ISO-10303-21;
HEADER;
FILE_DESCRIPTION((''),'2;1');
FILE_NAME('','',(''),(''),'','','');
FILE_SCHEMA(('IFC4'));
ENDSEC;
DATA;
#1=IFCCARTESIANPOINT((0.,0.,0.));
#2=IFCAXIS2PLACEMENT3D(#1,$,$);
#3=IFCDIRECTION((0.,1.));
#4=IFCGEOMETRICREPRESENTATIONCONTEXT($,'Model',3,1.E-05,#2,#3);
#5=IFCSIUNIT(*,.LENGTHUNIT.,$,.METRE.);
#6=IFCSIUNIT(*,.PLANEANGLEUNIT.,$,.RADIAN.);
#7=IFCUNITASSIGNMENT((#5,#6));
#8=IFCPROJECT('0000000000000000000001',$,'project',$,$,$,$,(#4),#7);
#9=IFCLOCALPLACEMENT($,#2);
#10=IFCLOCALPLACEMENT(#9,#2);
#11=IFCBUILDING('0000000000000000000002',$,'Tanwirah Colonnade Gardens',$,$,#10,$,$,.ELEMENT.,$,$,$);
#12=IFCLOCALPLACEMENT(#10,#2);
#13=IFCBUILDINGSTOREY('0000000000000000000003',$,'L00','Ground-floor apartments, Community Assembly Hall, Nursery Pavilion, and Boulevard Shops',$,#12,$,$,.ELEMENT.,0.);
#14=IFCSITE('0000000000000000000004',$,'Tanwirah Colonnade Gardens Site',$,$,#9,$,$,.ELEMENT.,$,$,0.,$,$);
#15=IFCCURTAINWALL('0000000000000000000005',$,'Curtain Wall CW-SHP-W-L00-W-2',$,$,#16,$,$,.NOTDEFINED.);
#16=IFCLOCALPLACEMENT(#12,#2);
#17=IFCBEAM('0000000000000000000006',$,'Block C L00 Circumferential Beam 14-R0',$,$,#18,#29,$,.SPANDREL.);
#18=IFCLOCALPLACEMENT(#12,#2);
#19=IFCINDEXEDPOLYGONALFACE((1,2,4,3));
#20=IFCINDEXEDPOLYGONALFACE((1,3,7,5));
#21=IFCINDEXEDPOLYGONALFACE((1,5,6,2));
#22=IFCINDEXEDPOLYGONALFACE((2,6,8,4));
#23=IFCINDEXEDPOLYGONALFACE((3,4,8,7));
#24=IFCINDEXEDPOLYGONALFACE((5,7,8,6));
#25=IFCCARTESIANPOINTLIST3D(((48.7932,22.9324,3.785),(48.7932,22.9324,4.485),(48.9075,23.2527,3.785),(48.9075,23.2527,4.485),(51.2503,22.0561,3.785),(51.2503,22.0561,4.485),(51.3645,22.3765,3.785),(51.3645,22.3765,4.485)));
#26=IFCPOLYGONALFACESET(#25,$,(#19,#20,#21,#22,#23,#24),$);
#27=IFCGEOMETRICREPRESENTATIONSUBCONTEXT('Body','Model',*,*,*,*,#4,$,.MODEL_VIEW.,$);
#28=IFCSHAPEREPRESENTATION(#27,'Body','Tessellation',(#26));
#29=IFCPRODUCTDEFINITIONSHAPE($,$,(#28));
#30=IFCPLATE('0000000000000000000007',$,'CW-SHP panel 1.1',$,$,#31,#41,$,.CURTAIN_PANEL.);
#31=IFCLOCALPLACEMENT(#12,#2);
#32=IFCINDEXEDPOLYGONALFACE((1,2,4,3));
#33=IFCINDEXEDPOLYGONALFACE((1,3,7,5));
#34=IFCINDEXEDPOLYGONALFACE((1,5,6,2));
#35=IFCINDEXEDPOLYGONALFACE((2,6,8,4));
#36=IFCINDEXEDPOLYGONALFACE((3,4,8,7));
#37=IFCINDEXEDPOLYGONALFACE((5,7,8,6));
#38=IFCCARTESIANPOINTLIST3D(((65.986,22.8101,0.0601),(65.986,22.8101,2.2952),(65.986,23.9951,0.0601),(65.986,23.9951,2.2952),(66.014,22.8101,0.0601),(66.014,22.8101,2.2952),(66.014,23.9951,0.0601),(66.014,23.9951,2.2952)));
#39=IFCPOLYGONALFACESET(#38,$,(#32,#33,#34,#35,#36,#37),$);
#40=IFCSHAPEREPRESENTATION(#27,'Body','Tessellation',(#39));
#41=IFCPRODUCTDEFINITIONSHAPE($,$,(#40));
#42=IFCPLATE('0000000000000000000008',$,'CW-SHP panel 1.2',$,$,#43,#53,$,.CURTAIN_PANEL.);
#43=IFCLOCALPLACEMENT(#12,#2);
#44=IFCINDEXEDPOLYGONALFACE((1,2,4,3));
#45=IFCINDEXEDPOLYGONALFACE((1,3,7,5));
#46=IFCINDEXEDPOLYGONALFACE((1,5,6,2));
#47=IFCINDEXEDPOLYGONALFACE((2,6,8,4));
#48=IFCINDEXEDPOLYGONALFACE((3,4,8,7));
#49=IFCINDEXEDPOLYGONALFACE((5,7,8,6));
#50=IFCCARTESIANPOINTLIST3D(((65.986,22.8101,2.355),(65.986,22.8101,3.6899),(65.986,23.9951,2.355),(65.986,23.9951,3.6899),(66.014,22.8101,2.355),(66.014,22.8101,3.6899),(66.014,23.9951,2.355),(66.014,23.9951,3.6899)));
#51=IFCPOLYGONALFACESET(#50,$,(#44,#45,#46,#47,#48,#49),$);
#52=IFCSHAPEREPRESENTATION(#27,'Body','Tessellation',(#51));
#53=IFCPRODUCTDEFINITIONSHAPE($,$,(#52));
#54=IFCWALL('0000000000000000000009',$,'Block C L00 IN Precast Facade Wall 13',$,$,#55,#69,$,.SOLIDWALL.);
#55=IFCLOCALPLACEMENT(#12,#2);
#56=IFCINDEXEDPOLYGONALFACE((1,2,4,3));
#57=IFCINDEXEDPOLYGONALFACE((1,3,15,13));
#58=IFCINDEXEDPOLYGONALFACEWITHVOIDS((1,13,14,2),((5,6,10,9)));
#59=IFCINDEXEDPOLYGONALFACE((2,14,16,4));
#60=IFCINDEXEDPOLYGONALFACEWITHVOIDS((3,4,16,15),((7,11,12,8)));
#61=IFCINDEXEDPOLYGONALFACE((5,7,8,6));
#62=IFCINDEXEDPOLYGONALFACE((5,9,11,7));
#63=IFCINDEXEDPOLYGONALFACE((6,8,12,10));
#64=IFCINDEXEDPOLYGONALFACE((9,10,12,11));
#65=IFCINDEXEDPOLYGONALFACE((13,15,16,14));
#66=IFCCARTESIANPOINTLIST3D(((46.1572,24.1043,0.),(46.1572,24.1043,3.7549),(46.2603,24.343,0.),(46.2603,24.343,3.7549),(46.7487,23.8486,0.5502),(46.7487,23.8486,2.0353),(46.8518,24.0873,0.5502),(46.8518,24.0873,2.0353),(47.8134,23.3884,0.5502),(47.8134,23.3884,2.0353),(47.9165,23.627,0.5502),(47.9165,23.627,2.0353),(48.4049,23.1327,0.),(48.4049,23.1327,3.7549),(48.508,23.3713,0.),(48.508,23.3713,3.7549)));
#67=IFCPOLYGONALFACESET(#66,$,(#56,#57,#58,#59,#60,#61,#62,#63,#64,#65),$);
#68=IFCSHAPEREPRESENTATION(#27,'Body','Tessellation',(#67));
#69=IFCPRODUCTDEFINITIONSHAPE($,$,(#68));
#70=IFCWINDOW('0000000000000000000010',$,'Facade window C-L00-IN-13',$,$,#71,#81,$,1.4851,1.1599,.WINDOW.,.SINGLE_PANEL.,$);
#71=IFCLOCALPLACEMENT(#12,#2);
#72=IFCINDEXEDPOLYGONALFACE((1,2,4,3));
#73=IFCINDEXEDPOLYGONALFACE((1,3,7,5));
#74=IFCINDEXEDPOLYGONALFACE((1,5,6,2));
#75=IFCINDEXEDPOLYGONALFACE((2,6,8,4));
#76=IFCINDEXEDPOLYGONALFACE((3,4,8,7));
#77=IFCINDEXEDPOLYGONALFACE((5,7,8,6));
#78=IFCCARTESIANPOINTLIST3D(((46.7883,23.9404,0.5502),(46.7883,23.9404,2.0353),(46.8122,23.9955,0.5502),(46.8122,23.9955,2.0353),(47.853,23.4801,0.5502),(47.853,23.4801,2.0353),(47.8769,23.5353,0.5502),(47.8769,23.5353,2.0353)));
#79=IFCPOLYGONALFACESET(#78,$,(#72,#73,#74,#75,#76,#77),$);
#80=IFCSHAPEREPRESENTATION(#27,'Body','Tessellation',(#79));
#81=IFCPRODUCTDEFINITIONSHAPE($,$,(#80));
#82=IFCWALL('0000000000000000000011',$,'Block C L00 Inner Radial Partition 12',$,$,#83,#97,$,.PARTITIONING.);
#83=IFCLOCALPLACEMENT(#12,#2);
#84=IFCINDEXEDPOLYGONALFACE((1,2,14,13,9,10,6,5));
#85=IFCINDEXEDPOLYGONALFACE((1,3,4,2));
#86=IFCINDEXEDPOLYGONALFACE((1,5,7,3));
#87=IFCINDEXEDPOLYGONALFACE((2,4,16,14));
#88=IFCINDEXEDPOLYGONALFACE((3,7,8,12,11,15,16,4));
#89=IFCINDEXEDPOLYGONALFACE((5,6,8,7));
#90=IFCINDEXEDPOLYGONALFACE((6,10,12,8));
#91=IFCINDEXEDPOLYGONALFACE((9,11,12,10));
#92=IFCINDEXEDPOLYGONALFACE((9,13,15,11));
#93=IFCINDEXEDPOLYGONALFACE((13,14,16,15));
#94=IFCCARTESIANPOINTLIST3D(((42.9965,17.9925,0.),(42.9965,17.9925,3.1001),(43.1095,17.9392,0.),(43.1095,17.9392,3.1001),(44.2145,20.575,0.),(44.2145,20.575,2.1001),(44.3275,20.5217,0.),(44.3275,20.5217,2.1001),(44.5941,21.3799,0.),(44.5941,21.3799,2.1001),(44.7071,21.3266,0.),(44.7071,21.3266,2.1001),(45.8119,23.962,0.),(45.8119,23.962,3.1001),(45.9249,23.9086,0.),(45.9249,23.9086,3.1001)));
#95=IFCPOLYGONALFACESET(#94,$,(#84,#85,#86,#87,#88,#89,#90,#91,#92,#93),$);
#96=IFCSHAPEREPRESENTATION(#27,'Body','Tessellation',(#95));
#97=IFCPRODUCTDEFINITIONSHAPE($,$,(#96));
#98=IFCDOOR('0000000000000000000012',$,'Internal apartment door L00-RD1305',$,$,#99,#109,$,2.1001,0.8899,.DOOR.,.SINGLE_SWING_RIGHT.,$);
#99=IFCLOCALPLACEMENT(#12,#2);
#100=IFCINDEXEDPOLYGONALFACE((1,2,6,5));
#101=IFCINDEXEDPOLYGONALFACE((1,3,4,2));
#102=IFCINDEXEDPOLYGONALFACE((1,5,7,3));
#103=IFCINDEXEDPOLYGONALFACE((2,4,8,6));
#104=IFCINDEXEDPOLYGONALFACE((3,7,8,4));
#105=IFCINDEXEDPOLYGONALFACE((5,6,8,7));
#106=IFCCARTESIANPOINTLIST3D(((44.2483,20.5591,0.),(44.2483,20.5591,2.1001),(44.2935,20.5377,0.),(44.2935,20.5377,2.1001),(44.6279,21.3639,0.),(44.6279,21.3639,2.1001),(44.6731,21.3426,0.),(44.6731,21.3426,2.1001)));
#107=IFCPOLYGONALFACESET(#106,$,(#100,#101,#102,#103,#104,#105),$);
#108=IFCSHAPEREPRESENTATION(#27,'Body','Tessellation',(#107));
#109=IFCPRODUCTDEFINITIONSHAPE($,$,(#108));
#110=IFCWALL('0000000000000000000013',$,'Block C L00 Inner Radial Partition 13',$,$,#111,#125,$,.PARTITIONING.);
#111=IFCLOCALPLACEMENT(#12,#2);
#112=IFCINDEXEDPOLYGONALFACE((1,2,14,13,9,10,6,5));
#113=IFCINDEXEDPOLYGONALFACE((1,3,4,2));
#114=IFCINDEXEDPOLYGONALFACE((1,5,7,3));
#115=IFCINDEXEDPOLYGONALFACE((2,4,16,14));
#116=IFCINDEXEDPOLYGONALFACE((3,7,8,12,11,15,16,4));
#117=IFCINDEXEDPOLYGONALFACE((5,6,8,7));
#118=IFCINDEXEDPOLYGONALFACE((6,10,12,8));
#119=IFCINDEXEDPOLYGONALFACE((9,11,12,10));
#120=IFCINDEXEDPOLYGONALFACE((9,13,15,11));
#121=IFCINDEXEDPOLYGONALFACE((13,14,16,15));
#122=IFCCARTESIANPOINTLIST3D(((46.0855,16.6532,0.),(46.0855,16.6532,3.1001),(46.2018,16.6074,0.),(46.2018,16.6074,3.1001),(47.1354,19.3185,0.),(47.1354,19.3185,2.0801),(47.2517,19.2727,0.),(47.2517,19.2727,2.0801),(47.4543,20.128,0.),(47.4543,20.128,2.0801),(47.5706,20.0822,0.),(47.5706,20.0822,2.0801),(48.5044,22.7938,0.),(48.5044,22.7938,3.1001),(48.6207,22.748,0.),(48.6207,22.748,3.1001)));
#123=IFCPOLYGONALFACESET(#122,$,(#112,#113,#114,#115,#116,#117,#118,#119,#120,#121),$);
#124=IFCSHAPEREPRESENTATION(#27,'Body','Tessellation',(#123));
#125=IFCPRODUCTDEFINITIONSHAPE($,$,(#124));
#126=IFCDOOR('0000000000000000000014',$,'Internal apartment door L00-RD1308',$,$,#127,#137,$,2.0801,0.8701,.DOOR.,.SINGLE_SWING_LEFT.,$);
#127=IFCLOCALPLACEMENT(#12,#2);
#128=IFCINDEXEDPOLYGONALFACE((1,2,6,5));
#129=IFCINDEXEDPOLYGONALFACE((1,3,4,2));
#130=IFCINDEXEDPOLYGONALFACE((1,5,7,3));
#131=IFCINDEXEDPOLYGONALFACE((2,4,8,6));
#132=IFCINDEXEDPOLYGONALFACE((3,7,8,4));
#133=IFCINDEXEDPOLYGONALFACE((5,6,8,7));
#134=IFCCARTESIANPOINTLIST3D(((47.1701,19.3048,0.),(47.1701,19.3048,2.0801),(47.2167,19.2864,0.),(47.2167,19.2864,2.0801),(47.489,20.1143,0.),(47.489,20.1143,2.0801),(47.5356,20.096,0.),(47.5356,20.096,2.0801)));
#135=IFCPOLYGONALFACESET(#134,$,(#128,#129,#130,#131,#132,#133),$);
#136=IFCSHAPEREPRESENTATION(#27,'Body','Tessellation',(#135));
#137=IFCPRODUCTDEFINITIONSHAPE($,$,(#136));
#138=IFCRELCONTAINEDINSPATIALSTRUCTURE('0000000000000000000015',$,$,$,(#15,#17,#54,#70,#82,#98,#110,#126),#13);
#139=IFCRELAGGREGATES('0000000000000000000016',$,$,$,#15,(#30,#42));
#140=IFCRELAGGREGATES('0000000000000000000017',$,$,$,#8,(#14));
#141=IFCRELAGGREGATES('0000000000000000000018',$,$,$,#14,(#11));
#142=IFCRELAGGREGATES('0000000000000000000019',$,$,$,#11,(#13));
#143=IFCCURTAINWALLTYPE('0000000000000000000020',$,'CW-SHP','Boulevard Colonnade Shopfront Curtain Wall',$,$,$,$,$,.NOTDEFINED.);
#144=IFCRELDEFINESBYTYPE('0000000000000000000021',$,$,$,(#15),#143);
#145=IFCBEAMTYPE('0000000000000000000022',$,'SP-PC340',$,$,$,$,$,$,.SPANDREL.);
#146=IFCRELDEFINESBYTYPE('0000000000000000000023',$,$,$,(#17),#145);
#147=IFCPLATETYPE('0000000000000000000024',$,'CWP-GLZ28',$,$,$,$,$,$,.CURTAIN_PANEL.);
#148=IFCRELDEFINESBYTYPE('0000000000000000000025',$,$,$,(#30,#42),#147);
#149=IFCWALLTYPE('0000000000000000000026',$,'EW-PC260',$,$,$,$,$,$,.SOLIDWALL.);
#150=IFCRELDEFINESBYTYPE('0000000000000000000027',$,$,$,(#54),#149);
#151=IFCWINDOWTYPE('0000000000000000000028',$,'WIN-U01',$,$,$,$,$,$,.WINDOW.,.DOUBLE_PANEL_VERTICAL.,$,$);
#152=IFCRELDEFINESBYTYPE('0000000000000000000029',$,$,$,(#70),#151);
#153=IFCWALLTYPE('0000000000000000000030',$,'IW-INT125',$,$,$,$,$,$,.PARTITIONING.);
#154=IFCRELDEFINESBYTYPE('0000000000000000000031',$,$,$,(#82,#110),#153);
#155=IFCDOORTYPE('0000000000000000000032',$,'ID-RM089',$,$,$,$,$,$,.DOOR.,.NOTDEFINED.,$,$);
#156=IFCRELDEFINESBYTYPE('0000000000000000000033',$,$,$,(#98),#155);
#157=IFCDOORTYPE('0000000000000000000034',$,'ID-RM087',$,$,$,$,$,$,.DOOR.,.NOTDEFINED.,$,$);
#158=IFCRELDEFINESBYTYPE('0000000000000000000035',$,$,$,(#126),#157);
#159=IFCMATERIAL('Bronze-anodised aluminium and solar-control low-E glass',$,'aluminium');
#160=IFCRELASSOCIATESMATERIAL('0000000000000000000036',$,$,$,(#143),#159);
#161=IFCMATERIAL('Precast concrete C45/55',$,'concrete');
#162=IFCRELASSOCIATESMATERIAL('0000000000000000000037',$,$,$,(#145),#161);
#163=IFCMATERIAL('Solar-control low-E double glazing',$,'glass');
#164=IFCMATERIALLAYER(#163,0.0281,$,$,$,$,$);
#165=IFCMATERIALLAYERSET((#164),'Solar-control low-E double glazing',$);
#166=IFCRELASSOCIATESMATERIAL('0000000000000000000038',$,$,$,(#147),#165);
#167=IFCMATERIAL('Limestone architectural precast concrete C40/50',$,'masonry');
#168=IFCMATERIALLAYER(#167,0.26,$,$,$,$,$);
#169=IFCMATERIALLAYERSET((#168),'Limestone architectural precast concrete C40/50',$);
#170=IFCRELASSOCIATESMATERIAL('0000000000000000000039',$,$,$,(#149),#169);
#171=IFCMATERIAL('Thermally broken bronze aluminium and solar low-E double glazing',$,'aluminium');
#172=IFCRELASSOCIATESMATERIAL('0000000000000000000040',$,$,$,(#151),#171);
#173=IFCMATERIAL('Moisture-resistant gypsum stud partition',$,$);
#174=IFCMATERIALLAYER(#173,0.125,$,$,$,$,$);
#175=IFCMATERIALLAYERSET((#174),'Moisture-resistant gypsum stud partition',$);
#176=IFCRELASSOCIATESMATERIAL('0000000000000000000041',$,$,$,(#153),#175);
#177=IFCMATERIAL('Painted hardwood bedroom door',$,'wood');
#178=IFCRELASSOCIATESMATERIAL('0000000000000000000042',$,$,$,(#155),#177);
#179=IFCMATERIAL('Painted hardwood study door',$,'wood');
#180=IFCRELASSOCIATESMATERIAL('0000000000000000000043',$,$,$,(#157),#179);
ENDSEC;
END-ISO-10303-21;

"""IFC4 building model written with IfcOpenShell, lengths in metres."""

from ifc_helpers import new_model, si_unit, direction, frame, frame_2d, origin, origin_2d, place, context, subcontext, project, spatial, rectangle, extrude, material, layer, layer_set, material_profile, profile_set, type_object, element, fill, aggregate, save


model = new_model("IFC4")

# Units and contexts
model_context = context("Model", 3, precision=1e-05, world=origin(), true_north=direction((0.0, 1.0)))
body_context = subcontext(model_context, "Body", "Model", "MODEL_VIEW")
ifc_project = project(units=[si_unit("LENGTHUNIT", "METRE"), si_unit("PLANEANGLEUNIT", "RADIAN")], contexts=[model_context])

# Site, building, storey
site_placement = place(None, origin())
site = spatial("IfcSite", under=ifc_project, at=site_placement, Name="Tanwirah Colonnade Gardens Site", CompositionType="ELEMENT", RefElevation=0.0)
building_placement = place(site_placement, origin())
building = spatial("IfcBuilding", under=site, at=building_placement, Name="Tanwirah Colonnade Gardens", CompositionType="ELEMENT")
storey_placement = place(building_placement, origin())
storey = spatial("IfcBuildingStorey", under=building, at=storey_placement, Name="L00", Description="Ground-floor apartments, Community Assembly Hall, Nursery Pavilion, and Boulevard Shops", CompositionType="ELEMENT", Elevation=0.0)

# Shared definitions
ifc_material_1 = material(Name="Precast concrete C45/55", Category="concrete")

# Curtain wall
ifc_material_2 = material(Name="Bronze-anodised aluminium and solar-control low-E glass", Category="aluminium")
curtain_wall_type = type_object("IfcCurtainWallType", Name="CW-SHP", Description="Boulevard Colonnade Shopfront Curtain Wall", PredefinedType="NOTDEFINED", material=ifc_material_2)
curtain_wall_placement = place(storey_placement, origin())
curtain_wall = element("IfcCurtainWall", 1, at=curtain_wall_placement, inside=storey, type_object=curtain_wall_type, Name="Curtain Wall CW-SHP-W-L00-W-2", PredefinedType="NOTDEFINED")

# Beam
ifc_material_profile_1 = material_profile(ifc_material_1, rectangle(XDim=0.3401, YDim=0.7, at=origin_2d()), Name="PC-SP 340x700")
ifc_profile_set_1 = profile_set([ifc_material_profile_1], Name="Precast concrete C45/55")
beam_type_1 = type_object("IfcBeamType", Name="SP-PC340", PredefinedType="SPANDREL", material=ifc_profile_set_1)
beam_1_placement = place(storey_placement, frame((48.8503, 23.0925, 4.135), z_axis=(0.941898, -0.335898, 0.0), x_axis=(0.335898, 0.941898, 0.0)))
element("IfcBeam", 2, at=beam_1_placement, inside=storey, type_object=beam_type_1, Name="Block C L00 Circumferential Beam 14-R0", PredefinedType="SPANDREL", context=body_context, shape_type="SweptSolid", body=[
    extrude(rectangle(XDim=0.3401, YDim=0.7, at=origin_2d()), origin(), (0.0, 0.0, 1.0), 2.6086),
])

# Plates
ifc_material_3 = material(Name="Solar-control low-E double glazing", Category="glass")
ifc_layer_1 = layer(ifc_material_3, 0.0281)
ifc_layer_set_1 = layer_set([ifc_layer_1], Name="Solar-control low-E double glazing")
plate_type = type_object("IfcPlateType", Name="CWP-GLZ28", PredefinedType="CURTAIN_PANEL", material=ifc_layer_set_1)
plate_1_placement = place(storey_placement, frame((66.0, 23.4026, 0.0601), z_axis=(0.0, 0.0, 1.0), x_axis=(0.0, 1.0, 0.0)))
plate_1 = element("IfcPlate", 3, at=plate_1_placement, type_object=plate_type, Name="CW-SHP panel 1.1", PredefinedType="CURTAIN_PANEL", context=body_context, shape_type="SweptSolid", body=[
    extrude(rectangle(XDim=1.1851, YDim=0.0281, at=origin_2d()), origin(), (0.0, 0.0, 1.0), 2.2351),
])
plate_2_placement = place(storey_placement, frame((66.0, 23.4026, 2.355), z_axis=(0.0, 0.0, 1.0), x_axis=(0.0, 1.0, 0.0)))
plate_2 = element("IfcPlate", 4, at=plate_2_placement, type_object=plate_type, Name="CW-SHP panel 1.2", PredefinedType="CURTAIN_PANEL", context=body_context, shape_type="SweptSolid", body=[
    extrude(rectangle(XDim=1.1851, YDim=0.0281, at=origin_2d()), origin(), (0.0, 0.0, 1.0), 1.335),
])
aggregate(curtain_wall, [plate_1, plate_2])

# Wall, opening, window
ifc_material_4 = material(Name="Limestone architectural precast concrete C40/50", Category="masonry")
ifc_layer_2 = layer(ifc_material_4, 0.26)
ifc_layer_set_2 = layer_set([ifc_layer_2], Name="Limestone architectural precast concrete C40/50")
wall_type_1 = type_object("IfcWallType", Name="EW-PC260", PredefinedType="SOLIDWALL", material=ifc_layer_set_2)
wall_1_placement = place(storey_placement, frame((46.2087, 24.2236, 0.0), z_axis=(0.0, 0.0, 1.0), x_axis=(0.917908, -0.396793, 0.0)))
wall_1 = element("IfcWall", 5, at=wall_1_placement, inside=storey, type_object=wall_type_1, Name="Block C L00 IN Precast Facade Wall 13", PredefinedType="SOLIDWALL", context=body_context, shape_type="SweptSolid", body=[
    extrude(rectangle(XDim=2.4487, YDim=0.26, at=frame_2d((1.2244, 0.0))), origin(), (0.0, 0.0, 1.0), 3.7549),
])
opening_1_placement = place(wall_1_placement, frame((0.6443, 0.0, 0.55)))
opening_1 = element("IfcOpeningElement", 6, at=opening_1_placement, cuts=wall_1, PredefinedType="OPENING", context=body_context, shape_type="SweptSolid", body=[
    extrude(rectangle(XDim=1.1599, YDim=1.4851, at=frame_2d((0.5801, 0.7427))), frame((0.0, 0.1399, 0.0), z_axis=(0.0, -1.0, 0.0), x_axis=(1.0, 0.0, 0.0)), (0.0, 0.0, 1.0), 0.28),
])
ifc_material_5 = material(Name="Thermally broken bronze aluminium and solar low-E double glazing", Category="aluminium")
window_type = type_object("IfcWindowType", Name="WIN-U01", PartitioningType="DOUBLE_PANEL_VERTICAL", PredefinedType="WINDOW", material=ifc_material_5)
window_placement = place(opening_1_placement, origin())
window = element("IfcWindow", 7, at=window_placement, inside=storey, type_object=window_type, Name="Facade window C-L00-IN-13", OverallHeight=1.4851, OverallWidth=1.1599, PartitioningType="SINGLE_PANEL", PredefinedType="WINDOW", context=body_context, shape_type="SweptSolid", body=[
    extrude(rectangle(XDim=1.1599, YDim=1.4851, at=frame_2d((0.5801, 0.7427))), frame((0.0, 0.03, 0.0), z_axis=(0.0, -1.0, 0.0), x_axis=(1.0, 0.0, 0.0)), (0.0, 0.0, 1.0), 0.0601),
])
fill(opening_1, window)

# Walls, openings, doors
ifc_material_6 = material(Name="Moisture-resistant gypsum stud partition")
ifc_layer_3 = layer(ifc_material_6, 0.125)
ifc_layer_set_3 = layer_set([ifc_layer_3], Name="Moisture-resistant gypsum stud partition")
wall_type_2 = type_object("IfcWallType", Name="IW-INT125", PredefinedType="PARTITIONING", material=ifc_layer_set_3)
wall_2_placement = place(storey_placement, frame((45.8684, 23.9353, 0.0), z_axis=(0.0, 0.0, 1.0), x_axis=(-0.426574, -0.904453, 0.0)))
wall_2 = element("IfcWall", 8, at=wall_2_placement, inside=storey, type_object=wall_type_2, Name="Block C L00 Inner Radial Partition 12", PredefinedType="PARTITIONING", context=body_context, shape_type="SweptSolid", body=[
    extrude(rectangle(XDim=6.6001, YDim=0.125, at=frame_2d((3.3, 0.0))), origin(), (0.0, 0.0, 1.0), 3.1001),
])
opening_2_placement = place(wall_2_placement, frame((2.855, 0.0, 0.0)))
opening_2 = element("IfcOpeningElement", 9, at=opening_2_placement, cuts=wall_2, PredefinedType="OPENING", context=body_context, shape_type="SweptSolid", body=[
    extrude(rectangle(XDim=0.8899, YDim=2.1001, at=frame_2d((0.4448, 1.05))), frame((0.0, 0.0725, 0.0), z_axis=(0.0, -1.0, 0.0), x_axis=(1.0, 0.0, 0.0)), (0.0, 0.0, 1.0), 0.145),
])
ifc_material_7 = material(Name="Painted hardwood bedroom door", Category="wood")
door_type_1 = type_object("IfcDoorType", Name="ID-RM089", OperationType="NOTDEFINED", PredefinedType="DOOR", material=ifc_material_7)
door_1_placement = place(opening_2_placement, origin())
door_1 = element("IfcDoor", 10, at=door_1_placement, inside=storey, type_object=door_type_1, Name="Internal apartment door L00-RD1305", OperationType="SINGLE_SWING_RIGHT", OverallHeight=2.1001, OverallWidth=0.8899, PredefinedType="DOOR", context=body_context, shape_type="SweptSolid", body=[
    extrude(rectangle(XDim=0.8899, YDim=2.1001, at=frame_2d((0.4448, 1.05))), frame((0.0, 0.0249, 0.0), z_axis=(0.0, -1.0, 0.0), x_axis=(1.0, 0.0, 0.0)), (0.0, 0.0, 1.0), 0.05),
])
fill(opening_2, door_1)
wall_3_placement = place(storey_placement, frame((48.5625, 22.7708, 0.0), z_axis=(0.0, 0.0, 1.0), x_axis=(-0.366513, -0.930413, 0.0)))
wall_3 = element("IfcWall", 11, at=wall_3_placement, inside=storey, type_object=wall_type_2, Name="Block C L00 Inner Radial Partition 13", PredefinedType="PARTITIONING", context=body_context, shape_type="SweptSolid", body=[
    extrude(rectangle(XDim=6.5999, YDim=0.125, at=frame_2d((3.2998, 0.0))), origin(), (0.0, 0.0, 1.0), 3.1001),
])
opening_3_placement = place(wall_3_placement, frame((2.865, 0.0, 0.0)))
opening_3 = element("IfcOpeningElement", 12, at=opening_3_placement, cuts=wall_3, PredefinedType="OPENING", context=body_context, shape_type="SweptSolid", body=[
    extrude(rectangle(XDim=0.8701, YDim=2.0801, at=frame_2d((0.4351, 1.04))), frame((0.0, 0.0725, 0.0), z_axis=(0.0, -1.0, 0.0), x_axis=(1.0, 0.0, 0.0)), (0.0, 0.0, 1.0), 0.145),
])
ifc_material_8 = material(Name="Painted hardwood study door", Category="wood")
door_type_2 = type_object("IfcDoorType", Name="ID-RM087", OperationType="NOTDEFINED", PredefinedType="DOOR", material=ifc_material_8)
door_2_placement = place(opening_3_placement, origin())
door_2 = element("IfcDoor", 13, at=door_2_placement, inside=storey, type_object=door_type_2, Name="Internal apartment door L00-RD1308", OperationType="SINGLE_SWING_LEFT", OverallHeight=2.0801, OverallWidth=0.8701, PredefinedType="DOOR", context=body_context, shape_type="SweptSolid", body=[
    extrude(rectangle(XDim=0.8701, YDim=2.0801, at=frame_2d((0.4351, 1.04))), frame((0.0, 0.0249, 0.0), z_axis=(0.0, -1.0, 0.0), x_axis=(1.0, 0.0, 0.0)), (0.0, 0.0, 1.0), 0.05),
])
fill(opening_3, door_2)

save(model, "model.ifc")
